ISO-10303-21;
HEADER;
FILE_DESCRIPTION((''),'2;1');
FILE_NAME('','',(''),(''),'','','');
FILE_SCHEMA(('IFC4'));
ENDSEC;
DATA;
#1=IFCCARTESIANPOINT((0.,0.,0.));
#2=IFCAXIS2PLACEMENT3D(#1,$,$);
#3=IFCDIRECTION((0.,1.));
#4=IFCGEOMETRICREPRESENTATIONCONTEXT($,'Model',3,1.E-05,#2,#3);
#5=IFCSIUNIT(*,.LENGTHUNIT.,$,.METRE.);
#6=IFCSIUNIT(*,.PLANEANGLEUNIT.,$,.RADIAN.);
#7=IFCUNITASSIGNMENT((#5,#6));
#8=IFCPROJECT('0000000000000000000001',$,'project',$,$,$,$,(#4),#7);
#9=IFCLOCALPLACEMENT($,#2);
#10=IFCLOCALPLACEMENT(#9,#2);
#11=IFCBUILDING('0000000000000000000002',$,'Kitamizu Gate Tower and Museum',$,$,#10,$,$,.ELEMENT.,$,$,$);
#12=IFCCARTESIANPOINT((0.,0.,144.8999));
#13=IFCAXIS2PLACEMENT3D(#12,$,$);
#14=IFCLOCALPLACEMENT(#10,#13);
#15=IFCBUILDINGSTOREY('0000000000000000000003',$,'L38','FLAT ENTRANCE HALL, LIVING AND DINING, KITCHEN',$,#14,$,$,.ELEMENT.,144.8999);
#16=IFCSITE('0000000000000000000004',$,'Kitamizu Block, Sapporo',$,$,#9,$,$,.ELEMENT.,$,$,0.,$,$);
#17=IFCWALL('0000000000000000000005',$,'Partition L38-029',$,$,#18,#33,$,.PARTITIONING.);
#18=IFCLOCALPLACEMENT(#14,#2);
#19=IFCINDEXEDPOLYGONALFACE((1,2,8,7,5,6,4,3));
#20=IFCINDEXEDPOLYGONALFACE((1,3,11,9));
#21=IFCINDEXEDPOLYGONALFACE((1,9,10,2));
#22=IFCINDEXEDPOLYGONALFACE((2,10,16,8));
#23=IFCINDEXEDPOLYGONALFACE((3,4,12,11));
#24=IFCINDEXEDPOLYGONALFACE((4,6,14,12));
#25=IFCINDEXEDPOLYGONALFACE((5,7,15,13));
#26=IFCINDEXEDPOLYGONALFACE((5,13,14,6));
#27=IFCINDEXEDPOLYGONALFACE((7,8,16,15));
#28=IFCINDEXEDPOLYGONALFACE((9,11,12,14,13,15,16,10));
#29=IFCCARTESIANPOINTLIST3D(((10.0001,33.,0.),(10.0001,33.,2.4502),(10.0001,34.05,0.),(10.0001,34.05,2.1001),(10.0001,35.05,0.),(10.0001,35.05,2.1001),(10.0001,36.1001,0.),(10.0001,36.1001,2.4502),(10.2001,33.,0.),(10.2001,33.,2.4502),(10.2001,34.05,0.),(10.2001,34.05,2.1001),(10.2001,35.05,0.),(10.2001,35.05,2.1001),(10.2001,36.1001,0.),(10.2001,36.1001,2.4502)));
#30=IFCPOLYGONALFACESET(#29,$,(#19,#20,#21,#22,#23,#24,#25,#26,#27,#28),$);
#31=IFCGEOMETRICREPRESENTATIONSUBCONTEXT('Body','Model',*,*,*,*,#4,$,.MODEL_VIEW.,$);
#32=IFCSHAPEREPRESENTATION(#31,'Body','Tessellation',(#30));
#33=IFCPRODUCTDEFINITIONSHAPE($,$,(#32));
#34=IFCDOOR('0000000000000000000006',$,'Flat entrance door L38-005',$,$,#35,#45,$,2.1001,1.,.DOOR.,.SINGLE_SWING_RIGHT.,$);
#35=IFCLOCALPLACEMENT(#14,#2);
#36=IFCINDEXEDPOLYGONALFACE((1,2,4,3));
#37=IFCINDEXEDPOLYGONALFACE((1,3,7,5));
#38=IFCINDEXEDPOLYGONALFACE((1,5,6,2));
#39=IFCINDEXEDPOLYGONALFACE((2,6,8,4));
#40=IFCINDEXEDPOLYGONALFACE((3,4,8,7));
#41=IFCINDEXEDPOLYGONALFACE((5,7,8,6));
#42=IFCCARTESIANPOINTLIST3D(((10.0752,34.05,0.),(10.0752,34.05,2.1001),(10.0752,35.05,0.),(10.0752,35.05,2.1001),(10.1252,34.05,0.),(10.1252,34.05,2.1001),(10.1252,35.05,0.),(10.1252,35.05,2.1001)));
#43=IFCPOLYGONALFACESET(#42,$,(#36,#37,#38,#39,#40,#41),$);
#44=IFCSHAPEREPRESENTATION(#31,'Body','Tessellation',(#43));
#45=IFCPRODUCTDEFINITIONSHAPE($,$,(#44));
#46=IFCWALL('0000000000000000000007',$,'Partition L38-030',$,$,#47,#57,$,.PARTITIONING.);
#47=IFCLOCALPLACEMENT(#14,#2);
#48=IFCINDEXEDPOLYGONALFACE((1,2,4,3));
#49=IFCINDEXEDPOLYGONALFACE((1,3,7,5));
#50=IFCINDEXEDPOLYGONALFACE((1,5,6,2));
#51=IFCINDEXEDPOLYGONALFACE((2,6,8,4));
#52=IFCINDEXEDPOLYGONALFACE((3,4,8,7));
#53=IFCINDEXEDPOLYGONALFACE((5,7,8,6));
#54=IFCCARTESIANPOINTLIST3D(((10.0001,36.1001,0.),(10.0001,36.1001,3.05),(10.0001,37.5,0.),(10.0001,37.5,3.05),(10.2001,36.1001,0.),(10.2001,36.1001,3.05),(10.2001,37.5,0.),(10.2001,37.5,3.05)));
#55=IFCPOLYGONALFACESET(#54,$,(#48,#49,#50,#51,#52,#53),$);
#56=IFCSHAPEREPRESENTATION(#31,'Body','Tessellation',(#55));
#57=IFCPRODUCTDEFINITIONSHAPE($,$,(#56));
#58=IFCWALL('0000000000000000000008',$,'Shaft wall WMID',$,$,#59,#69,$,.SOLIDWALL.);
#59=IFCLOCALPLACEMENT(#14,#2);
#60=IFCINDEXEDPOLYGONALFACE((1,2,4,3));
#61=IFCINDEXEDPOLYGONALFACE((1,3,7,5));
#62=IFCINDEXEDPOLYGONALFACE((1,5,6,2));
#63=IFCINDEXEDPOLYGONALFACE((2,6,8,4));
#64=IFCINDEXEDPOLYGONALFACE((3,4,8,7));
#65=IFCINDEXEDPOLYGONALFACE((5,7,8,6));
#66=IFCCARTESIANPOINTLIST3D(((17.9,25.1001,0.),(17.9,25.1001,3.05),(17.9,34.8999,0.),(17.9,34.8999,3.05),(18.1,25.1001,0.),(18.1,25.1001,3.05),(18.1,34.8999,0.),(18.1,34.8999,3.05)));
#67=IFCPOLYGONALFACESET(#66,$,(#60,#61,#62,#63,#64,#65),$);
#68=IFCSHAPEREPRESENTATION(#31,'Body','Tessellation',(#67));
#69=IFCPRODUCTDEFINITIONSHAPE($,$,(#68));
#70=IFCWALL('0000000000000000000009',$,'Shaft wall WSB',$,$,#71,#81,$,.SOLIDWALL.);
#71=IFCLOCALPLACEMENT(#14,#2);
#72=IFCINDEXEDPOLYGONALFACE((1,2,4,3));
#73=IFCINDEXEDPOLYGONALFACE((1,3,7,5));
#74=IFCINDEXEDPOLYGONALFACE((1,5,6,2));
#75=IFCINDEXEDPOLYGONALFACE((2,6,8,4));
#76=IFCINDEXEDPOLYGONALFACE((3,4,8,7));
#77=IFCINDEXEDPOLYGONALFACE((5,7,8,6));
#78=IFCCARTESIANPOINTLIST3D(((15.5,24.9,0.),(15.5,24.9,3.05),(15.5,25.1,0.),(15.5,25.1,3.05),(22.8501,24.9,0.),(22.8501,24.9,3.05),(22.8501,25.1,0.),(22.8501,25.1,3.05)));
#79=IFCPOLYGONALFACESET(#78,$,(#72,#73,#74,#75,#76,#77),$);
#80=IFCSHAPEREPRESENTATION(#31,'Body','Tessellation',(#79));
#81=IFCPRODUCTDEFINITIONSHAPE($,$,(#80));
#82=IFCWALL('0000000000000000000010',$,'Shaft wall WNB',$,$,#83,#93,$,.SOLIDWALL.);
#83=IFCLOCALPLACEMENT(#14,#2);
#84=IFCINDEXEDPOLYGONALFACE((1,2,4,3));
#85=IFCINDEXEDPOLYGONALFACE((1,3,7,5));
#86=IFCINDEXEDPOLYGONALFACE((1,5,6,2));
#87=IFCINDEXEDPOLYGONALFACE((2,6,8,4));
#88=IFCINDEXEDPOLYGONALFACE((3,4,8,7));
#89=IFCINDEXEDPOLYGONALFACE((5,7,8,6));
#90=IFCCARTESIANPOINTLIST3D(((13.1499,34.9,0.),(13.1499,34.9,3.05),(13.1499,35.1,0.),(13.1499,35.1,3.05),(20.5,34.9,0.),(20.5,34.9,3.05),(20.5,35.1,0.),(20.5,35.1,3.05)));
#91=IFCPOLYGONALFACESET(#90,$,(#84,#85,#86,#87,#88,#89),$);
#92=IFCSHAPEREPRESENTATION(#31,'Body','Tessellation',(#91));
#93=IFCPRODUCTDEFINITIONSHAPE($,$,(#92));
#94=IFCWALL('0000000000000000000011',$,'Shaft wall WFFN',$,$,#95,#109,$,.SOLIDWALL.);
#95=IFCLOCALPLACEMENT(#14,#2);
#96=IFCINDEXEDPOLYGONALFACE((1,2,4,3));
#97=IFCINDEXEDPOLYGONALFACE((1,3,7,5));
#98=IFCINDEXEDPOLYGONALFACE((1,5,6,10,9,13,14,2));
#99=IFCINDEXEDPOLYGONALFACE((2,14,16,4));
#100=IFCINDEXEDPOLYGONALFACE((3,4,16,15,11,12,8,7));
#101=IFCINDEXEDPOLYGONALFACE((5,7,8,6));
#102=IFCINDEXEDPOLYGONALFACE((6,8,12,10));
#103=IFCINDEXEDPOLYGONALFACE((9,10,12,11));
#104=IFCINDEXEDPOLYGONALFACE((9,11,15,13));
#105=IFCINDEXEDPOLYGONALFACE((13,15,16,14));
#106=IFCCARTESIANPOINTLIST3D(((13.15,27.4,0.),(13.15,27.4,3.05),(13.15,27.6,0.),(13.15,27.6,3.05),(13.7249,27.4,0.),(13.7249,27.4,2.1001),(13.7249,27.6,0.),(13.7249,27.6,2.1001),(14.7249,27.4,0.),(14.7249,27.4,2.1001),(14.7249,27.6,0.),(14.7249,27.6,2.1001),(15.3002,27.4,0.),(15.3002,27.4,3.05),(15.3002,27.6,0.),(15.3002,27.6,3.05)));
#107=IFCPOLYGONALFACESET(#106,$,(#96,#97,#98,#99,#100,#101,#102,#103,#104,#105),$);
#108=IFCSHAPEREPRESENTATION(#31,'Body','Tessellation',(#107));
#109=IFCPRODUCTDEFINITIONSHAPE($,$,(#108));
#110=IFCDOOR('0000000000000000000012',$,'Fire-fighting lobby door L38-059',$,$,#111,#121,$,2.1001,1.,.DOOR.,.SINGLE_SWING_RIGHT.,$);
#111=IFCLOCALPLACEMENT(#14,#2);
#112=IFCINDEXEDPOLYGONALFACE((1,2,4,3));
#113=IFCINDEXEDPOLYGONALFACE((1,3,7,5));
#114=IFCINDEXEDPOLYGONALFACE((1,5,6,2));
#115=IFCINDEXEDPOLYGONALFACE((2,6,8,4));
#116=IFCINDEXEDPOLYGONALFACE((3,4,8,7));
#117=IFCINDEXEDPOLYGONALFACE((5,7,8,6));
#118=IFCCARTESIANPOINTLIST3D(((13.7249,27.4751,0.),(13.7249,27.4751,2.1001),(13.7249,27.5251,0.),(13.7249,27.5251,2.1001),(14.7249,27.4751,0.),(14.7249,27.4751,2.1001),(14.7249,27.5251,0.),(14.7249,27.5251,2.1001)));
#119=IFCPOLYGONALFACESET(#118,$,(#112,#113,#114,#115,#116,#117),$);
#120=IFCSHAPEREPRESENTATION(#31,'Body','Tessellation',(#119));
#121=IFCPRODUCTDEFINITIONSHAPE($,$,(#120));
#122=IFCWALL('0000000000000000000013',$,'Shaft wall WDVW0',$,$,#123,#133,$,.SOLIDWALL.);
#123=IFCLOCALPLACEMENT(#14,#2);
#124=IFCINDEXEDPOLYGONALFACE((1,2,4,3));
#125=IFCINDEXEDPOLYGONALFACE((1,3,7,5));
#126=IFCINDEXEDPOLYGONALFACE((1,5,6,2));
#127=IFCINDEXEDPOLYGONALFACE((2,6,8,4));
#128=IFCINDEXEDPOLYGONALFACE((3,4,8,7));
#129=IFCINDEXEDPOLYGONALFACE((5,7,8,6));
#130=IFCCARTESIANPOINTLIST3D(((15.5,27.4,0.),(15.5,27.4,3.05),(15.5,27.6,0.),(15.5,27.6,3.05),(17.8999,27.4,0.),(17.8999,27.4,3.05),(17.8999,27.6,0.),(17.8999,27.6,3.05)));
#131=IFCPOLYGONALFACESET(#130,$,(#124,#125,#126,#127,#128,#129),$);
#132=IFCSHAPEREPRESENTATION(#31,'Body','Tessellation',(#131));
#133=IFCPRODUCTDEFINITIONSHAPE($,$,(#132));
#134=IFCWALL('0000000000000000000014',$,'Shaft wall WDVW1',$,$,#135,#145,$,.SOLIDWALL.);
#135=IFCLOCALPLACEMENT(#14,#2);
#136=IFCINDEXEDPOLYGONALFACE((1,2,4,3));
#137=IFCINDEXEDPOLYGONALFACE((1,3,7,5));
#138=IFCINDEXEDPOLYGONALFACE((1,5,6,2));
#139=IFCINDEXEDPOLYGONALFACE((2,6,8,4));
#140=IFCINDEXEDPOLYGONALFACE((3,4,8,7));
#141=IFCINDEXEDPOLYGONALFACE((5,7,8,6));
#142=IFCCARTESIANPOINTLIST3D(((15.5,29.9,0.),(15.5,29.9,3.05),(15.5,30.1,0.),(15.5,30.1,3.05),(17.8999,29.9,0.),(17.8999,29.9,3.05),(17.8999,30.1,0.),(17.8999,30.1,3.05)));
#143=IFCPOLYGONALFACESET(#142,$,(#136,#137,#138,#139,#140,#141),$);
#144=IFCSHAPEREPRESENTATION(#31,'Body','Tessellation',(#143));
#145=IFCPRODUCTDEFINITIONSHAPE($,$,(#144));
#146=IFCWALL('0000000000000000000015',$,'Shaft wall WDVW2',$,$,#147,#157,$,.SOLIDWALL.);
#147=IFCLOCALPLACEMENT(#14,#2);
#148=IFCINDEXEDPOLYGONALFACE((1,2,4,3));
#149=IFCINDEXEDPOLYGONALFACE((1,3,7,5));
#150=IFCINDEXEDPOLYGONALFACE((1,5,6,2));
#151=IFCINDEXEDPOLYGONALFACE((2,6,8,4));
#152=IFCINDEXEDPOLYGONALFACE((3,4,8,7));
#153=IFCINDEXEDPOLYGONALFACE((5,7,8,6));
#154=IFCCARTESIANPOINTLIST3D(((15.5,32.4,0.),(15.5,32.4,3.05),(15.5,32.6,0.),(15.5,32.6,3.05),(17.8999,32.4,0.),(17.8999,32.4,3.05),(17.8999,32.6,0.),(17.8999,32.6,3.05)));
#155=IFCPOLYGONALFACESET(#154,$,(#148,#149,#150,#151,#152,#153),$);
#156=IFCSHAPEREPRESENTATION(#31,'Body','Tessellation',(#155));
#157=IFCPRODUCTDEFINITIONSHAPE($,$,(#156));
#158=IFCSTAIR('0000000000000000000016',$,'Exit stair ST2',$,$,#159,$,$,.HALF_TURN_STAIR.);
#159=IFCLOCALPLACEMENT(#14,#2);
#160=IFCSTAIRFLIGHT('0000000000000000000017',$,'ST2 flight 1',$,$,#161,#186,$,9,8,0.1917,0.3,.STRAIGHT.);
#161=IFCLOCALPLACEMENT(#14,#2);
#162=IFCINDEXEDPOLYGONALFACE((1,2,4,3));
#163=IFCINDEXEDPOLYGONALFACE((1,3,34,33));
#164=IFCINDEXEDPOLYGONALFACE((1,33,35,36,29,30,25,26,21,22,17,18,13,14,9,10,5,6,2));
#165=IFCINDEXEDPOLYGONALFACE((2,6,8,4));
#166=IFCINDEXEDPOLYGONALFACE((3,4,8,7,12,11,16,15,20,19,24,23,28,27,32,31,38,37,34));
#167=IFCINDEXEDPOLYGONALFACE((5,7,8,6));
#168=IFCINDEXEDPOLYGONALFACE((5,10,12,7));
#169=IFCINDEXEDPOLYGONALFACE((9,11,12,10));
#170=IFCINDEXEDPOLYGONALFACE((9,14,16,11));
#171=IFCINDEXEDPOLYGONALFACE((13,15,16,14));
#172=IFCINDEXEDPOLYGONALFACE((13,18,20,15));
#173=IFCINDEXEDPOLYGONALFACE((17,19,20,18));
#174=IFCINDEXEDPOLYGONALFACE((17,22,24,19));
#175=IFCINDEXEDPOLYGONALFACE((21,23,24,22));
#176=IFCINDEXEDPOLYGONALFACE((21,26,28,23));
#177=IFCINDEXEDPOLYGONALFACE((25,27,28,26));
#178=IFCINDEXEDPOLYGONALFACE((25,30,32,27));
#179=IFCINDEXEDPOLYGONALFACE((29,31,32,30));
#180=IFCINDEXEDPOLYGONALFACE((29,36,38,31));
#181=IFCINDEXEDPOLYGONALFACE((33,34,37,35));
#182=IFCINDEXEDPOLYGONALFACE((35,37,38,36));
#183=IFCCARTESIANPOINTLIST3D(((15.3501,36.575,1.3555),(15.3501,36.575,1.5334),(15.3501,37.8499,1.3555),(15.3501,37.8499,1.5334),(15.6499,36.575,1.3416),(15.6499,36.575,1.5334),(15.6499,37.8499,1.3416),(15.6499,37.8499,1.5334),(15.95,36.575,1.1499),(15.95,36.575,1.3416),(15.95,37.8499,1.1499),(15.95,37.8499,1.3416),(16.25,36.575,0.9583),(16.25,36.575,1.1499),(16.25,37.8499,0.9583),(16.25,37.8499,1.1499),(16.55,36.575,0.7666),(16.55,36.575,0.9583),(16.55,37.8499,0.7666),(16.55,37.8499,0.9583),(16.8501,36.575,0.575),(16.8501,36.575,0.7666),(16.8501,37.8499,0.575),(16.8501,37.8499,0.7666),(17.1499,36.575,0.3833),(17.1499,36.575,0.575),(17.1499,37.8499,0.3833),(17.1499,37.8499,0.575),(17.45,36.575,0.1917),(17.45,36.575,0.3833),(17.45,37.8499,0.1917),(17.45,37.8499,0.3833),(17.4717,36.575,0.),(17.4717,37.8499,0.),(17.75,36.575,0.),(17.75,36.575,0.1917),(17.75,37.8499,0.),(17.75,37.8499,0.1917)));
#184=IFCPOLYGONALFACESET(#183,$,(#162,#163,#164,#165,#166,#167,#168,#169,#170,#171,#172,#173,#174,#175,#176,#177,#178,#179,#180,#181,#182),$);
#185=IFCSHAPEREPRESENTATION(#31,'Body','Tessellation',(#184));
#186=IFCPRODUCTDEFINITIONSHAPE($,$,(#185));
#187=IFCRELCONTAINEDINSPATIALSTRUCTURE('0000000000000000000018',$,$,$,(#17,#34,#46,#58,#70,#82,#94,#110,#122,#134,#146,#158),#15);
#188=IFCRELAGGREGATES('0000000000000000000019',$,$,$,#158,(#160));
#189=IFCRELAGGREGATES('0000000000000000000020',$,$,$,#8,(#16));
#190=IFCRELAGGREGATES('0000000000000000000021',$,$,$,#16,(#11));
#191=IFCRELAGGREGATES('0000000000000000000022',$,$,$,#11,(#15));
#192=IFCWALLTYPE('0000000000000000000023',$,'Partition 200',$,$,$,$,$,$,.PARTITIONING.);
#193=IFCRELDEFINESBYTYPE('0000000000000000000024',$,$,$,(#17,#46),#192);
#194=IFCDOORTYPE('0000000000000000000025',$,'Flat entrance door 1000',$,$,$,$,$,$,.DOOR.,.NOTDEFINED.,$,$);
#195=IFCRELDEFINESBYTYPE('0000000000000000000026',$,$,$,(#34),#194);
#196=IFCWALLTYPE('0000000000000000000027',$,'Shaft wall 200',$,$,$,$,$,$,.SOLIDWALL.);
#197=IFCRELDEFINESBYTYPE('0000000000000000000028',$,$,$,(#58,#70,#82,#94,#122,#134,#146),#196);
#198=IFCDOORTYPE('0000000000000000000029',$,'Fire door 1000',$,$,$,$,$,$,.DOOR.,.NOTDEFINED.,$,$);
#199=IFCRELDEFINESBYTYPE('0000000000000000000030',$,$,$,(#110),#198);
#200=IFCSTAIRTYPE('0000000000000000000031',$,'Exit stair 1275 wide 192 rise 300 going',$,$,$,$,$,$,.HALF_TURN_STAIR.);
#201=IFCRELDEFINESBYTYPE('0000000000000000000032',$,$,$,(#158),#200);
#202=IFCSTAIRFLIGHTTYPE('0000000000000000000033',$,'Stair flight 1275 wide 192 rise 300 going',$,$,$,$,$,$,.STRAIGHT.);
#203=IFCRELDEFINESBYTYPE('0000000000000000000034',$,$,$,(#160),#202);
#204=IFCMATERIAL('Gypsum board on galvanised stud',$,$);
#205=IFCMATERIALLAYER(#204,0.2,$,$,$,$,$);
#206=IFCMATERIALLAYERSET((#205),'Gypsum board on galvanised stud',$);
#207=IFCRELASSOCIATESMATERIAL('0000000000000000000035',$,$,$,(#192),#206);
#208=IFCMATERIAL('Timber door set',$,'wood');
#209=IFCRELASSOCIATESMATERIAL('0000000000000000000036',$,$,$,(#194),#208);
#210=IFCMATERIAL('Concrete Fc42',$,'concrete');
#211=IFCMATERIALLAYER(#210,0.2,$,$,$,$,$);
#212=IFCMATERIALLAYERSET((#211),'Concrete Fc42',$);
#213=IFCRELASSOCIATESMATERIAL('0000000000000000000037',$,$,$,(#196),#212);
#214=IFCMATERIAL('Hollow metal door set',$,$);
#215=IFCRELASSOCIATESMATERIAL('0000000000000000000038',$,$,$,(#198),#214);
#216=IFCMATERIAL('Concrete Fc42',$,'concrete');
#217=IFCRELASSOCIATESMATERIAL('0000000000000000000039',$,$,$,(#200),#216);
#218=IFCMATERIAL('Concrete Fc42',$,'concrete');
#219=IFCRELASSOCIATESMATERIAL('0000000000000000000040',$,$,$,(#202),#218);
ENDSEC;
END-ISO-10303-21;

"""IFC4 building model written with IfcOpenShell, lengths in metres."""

from ifc_helpers import new_model, si_unit, direction, frame, frame_2d, origin, place, context, subcontext, project, spatial, polyline, rectangle, outline, extrude, material, layer, layer_set, type_object, element, fill, aggregate, save


model = new_model("IFC4")

# Units and contexts
model_context = context("Model", 3, precision=1e-05, world=origin(), true_north=direction((0.0, 1.0)))
body_context = subcontext(model_context, "Body", "Model", "MODEL_VIEW")
ifc_project = project(units=[si_unit("LENGTHUNIT", "METRE"), si_unit("PLANEANGLEUNIT", "RADIAN")], contexts=[model_context])

# Site, building, storey
site_placement = place(None, origin())
site = spatial("IfcSite", under=ifc_project, at=site_placement, Name="Kitamizu Block, Sapporo", CompositionType="ELEMENT", RefElevation=0.0)
building_placement = place(site_placement, origin())
building = spatial("IfcBuilding", under=site, at=building_placement, Name="Kitamizu Gate Tower and Museum", CompositionType="ELEMENT")
storey_placement = place(building_placement, frame((0.0, 0.0, 144.8999)))
storey = spatial("IfcBuildingStorey", under=building, at=storey_placement, Name="L38", Description="FLAT ENTRANCE HALL, LIVING AND DINING, KITCHEN", CompositionType="ELEMENT", Elevation=144.8999)

# Wall, opening, door
ifc_material_1 = material(Name="Gypsum board on galvanised stud")
ifc_layer_1 = layer(ifc_material_1, 0.2)
ifc_layer_set_1 = layer_set([ifc_layer_1], Name="Gypsum board on galvanised stud")
wall_type_1 = type_object("IfcWallType", Name="Partition 200", PredefinedType="PARTITIONING", material=ifc_layer_set_1)
wall_1_placement = place(storey_placement, frame((10.1001, 33.0, 0.0), z_axis=(0.0, 0.0, 1.0), x_axis=(0.0, 1.0, 0.0)))
wall_1 = element("IfcWall", 1, at=wall_1_placement, inside=storey, type_object=wall_type_1, Name="Partition L38-029", PredefinedType="PARTITIONING", context=body_context, shape_type="SweptSolid", body=[
    extrude(rectangle(XDim=3.1001, YDim=0.2, at=frame_2d((1.55, 0.0))), origin(), (0.0, 0.0, 1.0), 2.4502),
])
opening_1_placement = place(wall_1_placement, frame((1.05, 0.0, 0.0)))
opening_1 = element("IfcOpeningElement", 2, at=opening_1_placement, cuts=wall_1, PredefinedType="OPENING", context=body_context, shape_type="SweptSolid", body=[
    extrude(rectangle(XDim=1.0, YDim=2.1001, at=frame_2d((0.5, 1.05))), frame((0.0, 0.1099, 0.0), z_axis=(0.0, -1.0, 0.0), x_axis=(1.0, 0.0, 0.0)), (0.0, 0.0, 1.0), 0.22),
])
ifc_material_2 = material(Name="Timber door set", Category="wood")
door_type_1 = type_object("IfcDoorType", Name="Flat entrance door 1000", OperationType="NOTDEFINED", PredefinedType="DOOR", material=ifc_material_2)
door_1_placement = place(opening_1_placement, origin())
door_1 = element("IfcDoor", 3, at=door_1_placement, inside=storey, type_object=door_type_1, Name="Flat entrance door L38-005", OperationType="SINGLE_SWING_RIGHT", OverallHeight=2.1001, OverallWidth=1.0, PredefinedType="DOOR", context=body_context, shape_type="SweptSolid", body=[
    extrude(rectangle(XDim=1.0, YDim=2.1001, at=frame_2d((0.5, 1.05))), frame((0.0, 0.0249, 0.0), z_axis=(0.0, -1.0, 0.0), x_axis=(1.0, 0.0, 0.0)), (0.0, 0.0, 1.0), 0.05),
])
fill(opening_1, door_1)

# Walls
wall_2_placement = place(storey_placement, frame((10.1001, 36.1001, 0.0), z_axis=(0.0, 0.0, 1.0), x_axis=(0.0, 1.0, 0.0)))
element("IfcWall", 4, at=wall_2_placement, inside=storey, type_object=wall_type_1, Name="Partition L38-030", PredefinedType="PARTITIONING", context=body_context, shape_type="SweptSolid", body=[
    extrude(rectangle(XDim=1.3999, YDim=0.2, at=frame_2d((0.7, 0.0))), origin(), (0.0, 0.0, 1.0), 3.05),
])
ifc_material_3 = material(Name="Concrete Fc42", Category="concrete")
ifc_layer_2 = layer(ifc_material_3, 0.2)
ifc_layer_set_2 = layer_set([ifc_layer_2], Name="Concrete Fc42")
wall_type_2 = type_object("IfcWallType", Name="Shaft wall 200", PredefinedType="SOLIDWALL", material=ifc_layer_set_2)
wall_3_placement = place(storey_placement, frame((18.0, 25.1001, 0.0), z_axis=(0.0, 0.0, 1.0), x_axis=(0.0, 1.0, 0.0)))
element("IfcWall", 5, at=wall_3_placement, inside=storey, type_object=wall_type_2, Name="Shaft wall WMID", PredefinedType="SOLIDWALL", context=body_context, shape_type="SweptSolid", body=[
    extrude(rectangle(XDim=9.7998, YDim=0.2, at=frame_2d((4.8999, 0.0))), origin(), (0.0, 0.0, 1.0), 3.05),
])
for number, where, z_axis, x_axis, name in (
    (6, (15.5, 25.0, 0.0), (0.0, 0.0, 1.0), (1.0, 0.0, 0.0), "Shaft wall WSB"),
    (7, (13.1499, 35.0, 0.0), (0.0, 0.0, 1.0), (1.0, 0.0, 0.0), "Shaft wall WNB"),
):
    element("IfcWall", number, at=place(storey_placement, frame(where, z_axis=z_axis, x_axis=x_axis)), inside=storey, type_object=wall_type_2, Name=name, PredefinedType="SOLIDWALL", context=body_context, shape_type="SweptSolid", body=[
        extrude(rectangle(XDim=7.3501, YDim=0.2, at=frame_2d((3.675, 0.0))), origin(), (0.0, 0.0, 1.0), 3.05),
    ])

# Wall, opening, door
wall_4_placement = place(storey_placement, frame((13.1499, 27.5, 0.0), z_axis=(0.0, 0.0, 1.0), x_axis=(1.0, 0.0, 0.0)))
wall_4 = element("IfcWall", 8, at=wall_4_placement, inside=storey, type_object=wall_type_2, Name="Shaft wall WFFN", PredefinedType="SOLIDWALL", context=body_context, shape_type="SweptSolid", body=[
    extrude(rectangle(XDim=2.1501, YDim=0.2, at=frame_2d((1.0752, 0.0))), origin(), (0.0, 0.0, 1.0), 3.05),
])
opening_2_placement = place(wall_4_placement, frame((0.575, 0.0, 0.0)))
opening_2 = element("IfcOpeningElement", 9, at=opening_2_placement, cuts=wall_4, PredefinedType="OPENING", context=body_context, shape_type="SweptSolid", body=[
    extrude(rectangle(XDim=1.0, YDim=2.1001, at=frame_2d((0.5, 1.05))), frame((0.0, 0.1099, 0.0), z_axis=(0.0, -1.0, 0.0), x_axis=(1.0, 0.0, 0.0)), (0.0, 0.0, 1.0), 0.22),
])
ifc_material_4 = material(Name="Hollow metal door set")
door_type_2 = type_object("IfcDoorType", Name="Fire door 1000", OperationType="NOTDEFINED", PredefinedType="DOOR", material=ifc_material_4)
door_2_placement = place(opening_2_placement, frame((1.0, 0.0, 0.0), x_axis=(-1.0, 0.0, 0.0)))
door_2 = element("IfcDoor", 10, at=door_2_placement, inside=storey, type_object=door_type_2, Name="Fire-fighting lobby door L38-059", OperationType="SINGLE_SWING_RIGHT", OverallHeight=2.1001, OverallWidth=1.0, PredefinedType="DOOR", context=body_context, shape_type="SweptSolid", body=[
    extrude(rectangle(XDim=1.0, YDim=2.1001, at=frame_2d((0.5, 1.05))), frame((0.0, 0.0249, 0.0), z_axis=(0.0, -1.0, 0.0), x_axis=(1.0, 0.0, 0.0)), (0.0, 0.0, 1.0), 0.05),
])
fill(opening_2, door_2)

# Walls
for number, where, z_axis, x_axis, name in (
    (11, (15.5, 27.5, 0.0), (0.0, 0.0, 1.0), (1.0, 0.0, 0.0), "Shaft wall WDVW0"),
    (12, (15.5, 30.0, 0.0), (0.0, 0.0, 1.0), (1.0, 0.0, 0.0), "Shaft wall WDVW1"),
    (13, (15.5, 32.5, 0.0), (0.0, 0.0, 1.0), (1.0, 0.0, 0.0), "Shaft wall WDVW2"),
):
    element("IfcWall", number, at=place(storey_placement, frame(where, z_axis=z_axis, x_axis=x_axis)), inside=storey, type_object=wall_type_2, Name=name, PredefinedType="SOLIDWALL", context=body_context, shape_type="SweptSolid", body=[
        extrude(rectangle(XDim=2.3999, YDim=0.2, at=frame_2d((1.2, 0.0))), origin(), (0.0, 0.0, 1.0), 3.05),
    ])

# Stair, stair flight
ifc_material_5 = material(Name="Concrete Fc42", Category="concrete")
stair_type = type_object("IfcStairType", Name="Exit stair 1275 wide 192 rise 300 going", PredefinedType="HALF_TURN_STAIR", material=ifc_material_5)
stair_placement = place(storey_placement, origin())
stair = element("IfcStair", 14, at=stair_placement, inside=storey, type_object=stair_type, Name="Exit stair ST2", PredefinedType="HALF_TURN_STAIR")
ifc_material_6 = material(Name="Concrete Fc42", Category="concrete")
stair_flight_type = type_object("IfcStairFlightType", Name="Stair flight 1275 wide 192 rise 300 going", PredefinedType="STRAIGHT", material=ifc_material_6)
stair_flight_1_placement = place(storey_placement, frame((17.75, 37.2124, 0.0), z_axis=(0.0, 0.0, 1.0), x_axis=(-1.0, 0.0, 0.0)))
stair_flight_1 = element("IfcStairFlight", 15, at=stair_flight_1_placement, type_object=stair_flight_type, Name="ST2 flight 1", NumberOfRisers=9, NumberOfTreads=8, PredefinedType="STRAIGHT", RiserHeight=0.1917, TreadLength=0.3, context=body_context, shape_type="SweptSolid", body=[
    extrude(outline(polyline([(0.0, 0.0), (0.0, 0.1917), (0.3, 0.1917), (0.3, 0.3833), (0.6001, 0.3833), (0.6001, 0.575), (0.8999, 0.575), (0.8999, 0.7666), (1.2, 0.7666), (1.2, 0.9583), (1.5, 0.9583), (1.5, 1.1499), (1.8, 1.1499), (1.8, 1.3416), (2.1001, 1.3416), (2.1001, 1.5334), (2.3999, 1.5334), (2.3999, 1.7251), (2.3999, 1.3555), (0.2783, 0.0), (0.0, 0.0)])), frame((0.0, 0.6375, 0.0), z_axis=(0.0, -1.0, 0.0), x_axis=(1.0, 0.0, 0.0)), (0.0, 0.0, 1.0), 1.2749),
])
aggregate(stair, [stair_flight_1])

save(model, "model.ifc")
